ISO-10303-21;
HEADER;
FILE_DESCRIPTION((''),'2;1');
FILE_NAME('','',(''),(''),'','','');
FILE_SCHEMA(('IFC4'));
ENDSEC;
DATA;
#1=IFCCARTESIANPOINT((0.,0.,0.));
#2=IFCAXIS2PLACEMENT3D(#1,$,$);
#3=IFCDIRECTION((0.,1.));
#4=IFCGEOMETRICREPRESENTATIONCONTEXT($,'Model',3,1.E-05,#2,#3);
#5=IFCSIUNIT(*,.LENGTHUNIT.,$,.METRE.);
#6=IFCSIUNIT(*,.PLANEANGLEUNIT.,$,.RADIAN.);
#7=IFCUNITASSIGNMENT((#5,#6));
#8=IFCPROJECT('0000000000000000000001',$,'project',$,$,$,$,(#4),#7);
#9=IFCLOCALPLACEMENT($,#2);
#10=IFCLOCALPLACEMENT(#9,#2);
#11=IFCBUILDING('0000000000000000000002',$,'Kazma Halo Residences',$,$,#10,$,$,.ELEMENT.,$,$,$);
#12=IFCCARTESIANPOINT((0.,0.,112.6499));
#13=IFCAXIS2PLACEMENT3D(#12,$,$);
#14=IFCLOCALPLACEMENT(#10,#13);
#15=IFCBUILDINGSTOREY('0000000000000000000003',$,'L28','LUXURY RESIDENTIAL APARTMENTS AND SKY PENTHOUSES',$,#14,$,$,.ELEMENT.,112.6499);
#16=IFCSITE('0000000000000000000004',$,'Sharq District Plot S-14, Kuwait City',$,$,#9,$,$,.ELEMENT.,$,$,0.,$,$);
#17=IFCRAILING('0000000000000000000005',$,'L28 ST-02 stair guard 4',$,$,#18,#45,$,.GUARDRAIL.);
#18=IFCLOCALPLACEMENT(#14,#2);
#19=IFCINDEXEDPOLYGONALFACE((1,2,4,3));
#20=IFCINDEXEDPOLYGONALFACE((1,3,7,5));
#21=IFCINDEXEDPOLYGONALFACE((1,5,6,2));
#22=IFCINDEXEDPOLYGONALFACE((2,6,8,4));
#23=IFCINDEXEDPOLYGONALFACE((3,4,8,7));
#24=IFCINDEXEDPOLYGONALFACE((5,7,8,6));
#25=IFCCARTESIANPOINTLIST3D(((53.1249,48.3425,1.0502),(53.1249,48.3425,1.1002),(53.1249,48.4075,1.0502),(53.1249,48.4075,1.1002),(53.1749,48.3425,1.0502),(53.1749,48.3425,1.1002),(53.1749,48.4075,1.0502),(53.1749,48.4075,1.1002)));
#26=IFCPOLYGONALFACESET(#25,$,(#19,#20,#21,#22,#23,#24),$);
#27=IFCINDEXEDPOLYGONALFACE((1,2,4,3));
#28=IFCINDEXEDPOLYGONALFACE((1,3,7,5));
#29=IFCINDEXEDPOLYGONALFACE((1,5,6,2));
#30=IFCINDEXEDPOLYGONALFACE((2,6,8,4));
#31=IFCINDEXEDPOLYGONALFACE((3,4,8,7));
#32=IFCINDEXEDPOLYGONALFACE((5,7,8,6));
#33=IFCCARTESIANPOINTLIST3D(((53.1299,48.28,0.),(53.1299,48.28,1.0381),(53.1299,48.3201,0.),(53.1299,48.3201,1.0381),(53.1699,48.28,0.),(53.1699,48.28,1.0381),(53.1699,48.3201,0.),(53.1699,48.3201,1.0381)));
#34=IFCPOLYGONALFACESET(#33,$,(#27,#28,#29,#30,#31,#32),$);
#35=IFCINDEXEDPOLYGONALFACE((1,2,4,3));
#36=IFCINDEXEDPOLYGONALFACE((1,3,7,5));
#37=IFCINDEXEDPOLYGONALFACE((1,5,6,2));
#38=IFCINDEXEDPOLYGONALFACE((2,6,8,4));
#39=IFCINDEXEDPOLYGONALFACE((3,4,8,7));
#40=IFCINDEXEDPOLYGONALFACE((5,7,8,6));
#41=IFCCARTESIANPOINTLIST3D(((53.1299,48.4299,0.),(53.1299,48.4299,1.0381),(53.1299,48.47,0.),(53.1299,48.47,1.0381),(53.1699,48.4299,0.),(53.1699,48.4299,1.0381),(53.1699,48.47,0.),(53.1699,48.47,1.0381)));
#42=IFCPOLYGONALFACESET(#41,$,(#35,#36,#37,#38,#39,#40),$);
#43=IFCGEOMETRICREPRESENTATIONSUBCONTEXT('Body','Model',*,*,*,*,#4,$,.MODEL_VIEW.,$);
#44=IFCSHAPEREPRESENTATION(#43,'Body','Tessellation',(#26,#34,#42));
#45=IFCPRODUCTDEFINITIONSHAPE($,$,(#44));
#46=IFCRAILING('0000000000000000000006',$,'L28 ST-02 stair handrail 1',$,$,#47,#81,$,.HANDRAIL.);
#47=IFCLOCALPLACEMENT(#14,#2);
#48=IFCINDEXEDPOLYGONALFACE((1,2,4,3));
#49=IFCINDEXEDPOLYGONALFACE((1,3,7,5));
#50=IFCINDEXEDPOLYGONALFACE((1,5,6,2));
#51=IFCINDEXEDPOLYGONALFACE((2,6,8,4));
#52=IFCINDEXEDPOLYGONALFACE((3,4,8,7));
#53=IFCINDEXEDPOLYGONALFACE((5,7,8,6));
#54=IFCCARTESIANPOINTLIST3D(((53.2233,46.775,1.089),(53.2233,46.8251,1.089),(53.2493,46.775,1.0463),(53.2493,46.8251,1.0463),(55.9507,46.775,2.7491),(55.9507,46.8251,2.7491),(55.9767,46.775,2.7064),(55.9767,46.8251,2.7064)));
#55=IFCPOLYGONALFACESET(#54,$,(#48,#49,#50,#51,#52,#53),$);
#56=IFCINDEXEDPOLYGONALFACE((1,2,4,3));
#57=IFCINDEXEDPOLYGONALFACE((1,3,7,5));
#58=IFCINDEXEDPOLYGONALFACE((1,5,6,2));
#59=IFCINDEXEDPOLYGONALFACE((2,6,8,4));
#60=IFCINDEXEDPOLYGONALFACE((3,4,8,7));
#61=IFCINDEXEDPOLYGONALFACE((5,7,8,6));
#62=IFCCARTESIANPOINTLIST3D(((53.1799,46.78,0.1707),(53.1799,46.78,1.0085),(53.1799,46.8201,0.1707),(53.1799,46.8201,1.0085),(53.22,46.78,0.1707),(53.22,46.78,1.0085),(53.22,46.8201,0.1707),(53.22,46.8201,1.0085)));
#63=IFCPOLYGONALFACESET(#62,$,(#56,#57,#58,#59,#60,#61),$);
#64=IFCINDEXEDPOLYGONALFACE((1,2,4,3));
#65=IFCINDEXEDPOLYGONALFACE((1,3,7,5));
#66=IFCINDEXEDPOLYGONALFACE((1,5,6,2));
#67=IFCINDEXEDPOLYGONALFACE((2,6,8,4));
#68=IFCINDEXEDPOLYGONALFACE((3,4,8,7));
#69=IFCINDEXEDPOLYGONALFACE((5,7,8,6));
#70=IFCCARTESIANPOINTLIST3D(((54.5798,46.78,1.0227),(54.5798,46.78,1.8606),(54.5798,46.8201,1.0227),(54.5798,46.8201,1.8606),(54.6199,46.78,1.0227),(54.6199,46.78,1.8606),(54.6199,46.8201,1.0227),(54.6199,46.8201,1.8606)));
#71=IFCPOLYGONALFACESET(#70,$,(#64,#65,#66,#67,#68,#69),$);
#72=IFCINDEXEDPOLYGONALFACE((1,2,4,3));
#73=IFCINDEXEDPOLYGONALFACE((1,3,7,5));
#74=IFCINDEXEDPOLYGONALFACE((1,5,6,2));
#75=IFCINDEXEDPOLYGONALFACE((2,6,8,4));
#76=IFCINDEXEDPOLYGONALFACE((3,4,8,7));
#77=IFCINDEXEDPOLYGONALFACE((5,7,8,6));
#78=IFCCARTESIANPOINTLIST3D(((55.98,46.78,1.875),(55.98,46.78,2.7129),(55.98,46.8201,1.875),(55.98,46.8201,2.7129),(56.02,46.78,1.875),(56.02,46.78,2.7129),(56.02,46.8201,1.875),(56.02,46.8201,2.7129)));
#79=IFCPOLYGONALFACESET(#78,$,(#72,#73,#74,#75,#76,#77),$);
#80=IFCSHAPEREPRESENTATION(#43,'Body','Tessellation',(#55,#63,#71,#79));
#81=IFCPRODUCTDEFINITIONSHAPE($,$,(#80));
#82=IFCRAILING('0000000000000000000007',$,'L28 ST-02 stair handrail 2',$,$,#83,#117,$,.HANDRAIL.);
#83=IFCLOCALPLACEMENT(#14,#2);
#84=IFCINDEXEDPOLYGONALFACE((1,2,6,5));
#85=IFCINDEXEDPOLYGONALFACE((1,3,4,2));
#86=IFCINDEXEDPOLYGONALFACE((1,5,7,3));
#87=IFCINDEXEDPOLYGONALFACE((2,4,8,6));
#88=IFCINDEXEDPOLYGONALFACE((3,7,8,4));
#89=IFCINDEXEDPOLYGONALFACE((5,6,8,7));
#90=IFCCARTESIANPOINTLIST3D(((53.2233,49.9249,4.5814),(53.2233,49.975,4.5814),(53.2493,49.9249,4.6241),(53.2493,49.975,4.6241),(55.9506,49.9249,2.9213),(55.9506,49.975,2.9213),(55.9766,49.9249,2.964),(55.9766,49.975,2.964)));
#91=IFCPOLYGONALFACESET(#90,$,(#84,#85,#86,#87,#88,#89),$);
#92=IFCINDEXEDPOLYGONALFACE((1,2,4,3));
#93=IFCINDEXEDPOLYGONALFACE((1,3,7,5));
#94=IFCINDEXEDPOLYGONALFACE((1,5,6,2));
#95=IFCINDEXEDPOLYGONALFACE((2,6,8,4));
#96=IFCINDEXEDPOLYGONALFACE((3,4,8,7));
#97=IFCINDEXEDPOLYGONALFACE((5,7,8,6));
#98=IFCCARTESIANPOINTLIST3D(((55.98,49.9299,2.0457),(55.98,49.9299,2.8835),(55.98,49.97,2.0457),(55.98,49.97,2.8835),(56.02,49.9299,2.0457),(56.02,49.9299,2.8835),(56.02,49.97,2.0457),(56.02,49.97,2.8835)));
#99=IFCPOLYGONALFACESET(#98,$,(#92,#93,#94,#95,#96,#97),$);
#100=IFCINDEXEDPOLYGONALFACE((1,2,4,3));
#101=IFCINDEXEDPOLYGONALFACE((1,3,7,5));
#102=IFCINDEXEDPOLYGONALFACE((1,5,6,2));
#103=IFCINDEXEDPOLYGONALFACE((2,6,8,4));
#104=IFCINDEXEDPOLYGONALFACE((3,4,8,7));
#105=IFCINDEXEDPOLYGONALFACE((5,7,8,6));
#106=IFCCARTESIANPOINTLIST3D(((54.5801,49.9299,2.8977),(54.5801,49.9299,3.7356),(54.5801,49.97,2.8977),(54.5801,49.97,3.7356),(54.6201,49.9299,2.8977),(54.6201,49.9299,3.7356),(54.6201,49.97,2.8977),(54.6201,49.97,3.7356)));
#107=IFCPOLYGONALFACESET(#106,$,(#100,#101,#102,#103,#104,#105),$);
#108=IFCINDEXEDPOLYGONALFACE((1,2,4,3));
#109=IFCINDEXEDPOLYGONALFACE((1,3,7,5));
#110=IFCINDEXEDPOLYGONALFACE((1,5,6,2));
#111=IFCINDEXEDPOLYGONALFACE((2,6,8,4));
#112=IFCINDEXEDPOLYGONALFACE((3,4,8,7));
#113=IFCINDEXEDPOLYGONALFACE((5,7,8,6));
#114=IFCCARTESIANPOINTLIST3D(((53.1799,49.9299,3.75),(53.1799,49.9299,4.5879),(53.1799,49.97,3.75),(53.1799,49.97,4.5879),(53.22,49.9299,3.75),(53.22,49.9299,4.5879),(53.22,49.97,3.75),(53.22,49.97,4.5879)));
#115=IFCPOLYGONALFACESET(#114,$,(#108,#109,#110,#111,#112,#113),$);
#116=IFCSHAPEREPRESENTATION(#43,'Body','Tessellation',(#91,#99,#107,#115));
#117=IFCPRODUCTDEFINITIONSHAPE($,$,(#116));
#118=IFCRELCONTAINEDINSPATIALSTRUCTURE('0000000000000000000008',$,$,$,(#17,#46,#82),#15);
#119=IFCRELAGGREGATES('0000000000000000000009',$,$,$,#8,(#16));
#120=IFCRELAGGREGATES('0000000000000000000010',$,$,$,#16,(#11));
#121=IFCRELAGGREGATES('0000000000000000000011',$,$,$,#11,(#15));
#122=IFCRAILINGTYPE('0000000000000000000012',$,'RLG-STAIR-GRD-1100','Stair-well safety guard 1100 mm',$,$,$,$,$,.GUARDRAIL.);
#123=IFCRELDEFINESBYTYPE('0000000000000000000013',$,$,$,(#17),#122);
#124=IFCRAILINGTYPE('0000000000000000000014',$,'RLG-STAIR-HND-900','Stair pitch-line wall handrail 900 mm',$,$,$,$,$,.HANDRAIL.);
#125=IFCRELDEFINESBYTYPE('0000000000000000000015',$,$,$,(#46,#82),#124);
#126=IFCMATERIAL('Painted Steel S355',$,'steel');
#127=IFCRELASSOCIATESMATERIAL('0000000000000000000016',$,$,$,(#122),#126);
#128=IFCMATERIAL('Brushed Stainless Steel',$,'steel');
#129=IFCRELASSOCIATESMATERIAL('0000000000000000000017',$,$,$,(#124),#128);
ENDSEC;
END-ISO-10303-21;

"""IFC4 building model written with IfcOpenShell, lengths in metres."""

from ifc_helpers import new_model, si_unit, direction, frame, origin, origin_2d, place, context, subcontext, project, spatial, rectangle, extrude, material, type_object, element, save


model = new_model("IFC4")

# Units and contexts
model_context = context("Model", 3, precision=1e-05, world=origin(), true_north=direction((0.0, 1.0)))
body_context = subcontext(model_context, "Body", "Model", "MODEL_VIEW")
ifc_project = project(units=[si_unit("LENGTHUNIT", "METRE"), si_unit("PLANEANGLEUNIT", "RADIAN")], contexts=[model_context])

# Site, building, storey
site_placement = place(None, origin())
site = spatial("IfcSite", under=ifc_project, at=site_placement, Name="Sharq District Plot S-14, Kuwait City", CompositionType="ELEMENT", RefElevation=0.0)
building_placement = place(site_placement, origin())
building = spatial("IfcBuilding", under=site, at=building_placement, Name="Kazma Halo Residences", CompositionType="ELEMENT")
storey_placement = place(building_placement, frame((0.0, 0.0, 112.6499)))
storey = spatial("IfcBuildingStorey", under=building, at=storey_placement, Name="L28", Description="LUXURY RESIDENTIAL APARTMENTS AND SKY PENTHOUSES", CompositionType="ELEMENT", Elevation=112.6499)

# Railings
ifc_material_1 = material(Name="Painted Steel S355", Category="steel")
railing_type_1 = type_object("IfcRailingType", Name="RLG-STAIR-GRD-1100", Description="Stair-well safety guard 1100 mm", PredefinedType="GUARDRAIL", material=ifc_material_1)
railing_1_placement = place(storey_placement, frame((53.1499, 48.3, 0.0)))
element("IfcRailing", 1, at=railing_1_placement, inside=storey, type_object=railing_type_1, Name="L28 ST-02 stair guard 4", PredefinedType="GUARDRAIL", context=body_context, shape_type="SweptSolid", body=[
    extrude(rectangle(XDim=0.05, YDim=0.05, at=origin_2d()), frame((0.0, 0.0425, 1.0752), z_axis=(0.0, 1.0, 0.0), x_axis=(-1.0, 0.0, 0.0)), (0.0, 0.0, 1.0), 0.0649),
    extrude(rectangle(XDim=0.04, YDim=0.04, at=origin_2d()), origin(), (0.0, 0.0, 1.0), 1.0381),
    extrude(rectangle(XDim=0.04, YDim=0.04, at=origin_2d()), frame((0.0, 0.1499, 0.0)), (0.0, 0.0, 1.0), 1.0381),
])
ifc_material_2 = material(Name="Brushed Stainless Steel", Category="steel")
railing_type_2 = type_object("IfcRailingType", Name="RLG-STAIR-HND-900", Description="Stair pitch-line wall handrail 900 mm", PredefinedType="HANDRAIL", material=ifc_material_2)
railing_2_placement = place(storey_placement, frame((53.2, 46.8, 0.1707)))
element("IfcRailing", 2, at=railing_2_placement, inside=storey, type_object=railing_type_2, Name="L28 ST-02 stair handrail 1", PredefinedType="HANDRAIL", context=body_context, shape_type="SweptSolid", body=[
    extrude(rectangle(XDim=0.05, YDim=0.05, at=origin_2d()), frame((0.0364, 0.0, 0.897), z_axis=(0.854203, 0.0, 0.51994), x_axis=(0.0, 1.0, 0.0)), (0.0, 0.0, 1.0), 3.1929),
    extrude(rectangle(XDim=0.04, YDim=0.04, at=origin_2d()), origin(), (0.0, 0.0, 1.0), 0.8379),
    extrude(rectangle(XDim=0.04, YDim=0.04, at=origin_2d()), frame((1.3999, 0.0, 0.8521)), (0.0, 0.0, 1.0), 0.8379),
    extrude(rectangle(XDim=0.04, YDim=0.04, at=origin_2d()), frame((2.8, 0.0, 1.7043)), (0.0, 0.0, 1.0), 0.8379),
])
railing_3_placement = place(storey_placement, frame((56.0, 49.95, 2.0457)))
element("IfcRailing", 3, at=railing_3_placement, inside=storey, type_object=railing_type_2, Name="L28 ST-02 stair handrail 2", PredefinedType="HANDRAIL", context=body_context, shape_type="SweptSolid", body=[
    extrude(rectangle(XDim=0.05, YDim=0.05, at=origin_2d()), frame((-0.0364, 0.0, 0.897), z_axis=(-0.854203, 0.0, 0.51994), x_axis=(0.0, -1.0, 0.0)), (0.0, 0.0, 1.0), 3.1929),
    extrude(rectangle(XDim=0.04, YDim=0.04, at=origin_2d()), origin(), (0.0, 0.0, 1.0), 0.8379),
    extrude(rectangle(XDim=0.04, YDim=0.04, at=origin_2d()), frame((-1.3999, 0.0, 0.8521)), (0.0, 0.0, 1.0), 0.8379),
    extrude(rectangle(XDim=0.04, YDim=0.04, at=origin_2d()), frame((-2.8, 0.0, 1.7043)), (0.0, 0.0, 1.0), 0.8379),
])

save(model, "model.ifc")
